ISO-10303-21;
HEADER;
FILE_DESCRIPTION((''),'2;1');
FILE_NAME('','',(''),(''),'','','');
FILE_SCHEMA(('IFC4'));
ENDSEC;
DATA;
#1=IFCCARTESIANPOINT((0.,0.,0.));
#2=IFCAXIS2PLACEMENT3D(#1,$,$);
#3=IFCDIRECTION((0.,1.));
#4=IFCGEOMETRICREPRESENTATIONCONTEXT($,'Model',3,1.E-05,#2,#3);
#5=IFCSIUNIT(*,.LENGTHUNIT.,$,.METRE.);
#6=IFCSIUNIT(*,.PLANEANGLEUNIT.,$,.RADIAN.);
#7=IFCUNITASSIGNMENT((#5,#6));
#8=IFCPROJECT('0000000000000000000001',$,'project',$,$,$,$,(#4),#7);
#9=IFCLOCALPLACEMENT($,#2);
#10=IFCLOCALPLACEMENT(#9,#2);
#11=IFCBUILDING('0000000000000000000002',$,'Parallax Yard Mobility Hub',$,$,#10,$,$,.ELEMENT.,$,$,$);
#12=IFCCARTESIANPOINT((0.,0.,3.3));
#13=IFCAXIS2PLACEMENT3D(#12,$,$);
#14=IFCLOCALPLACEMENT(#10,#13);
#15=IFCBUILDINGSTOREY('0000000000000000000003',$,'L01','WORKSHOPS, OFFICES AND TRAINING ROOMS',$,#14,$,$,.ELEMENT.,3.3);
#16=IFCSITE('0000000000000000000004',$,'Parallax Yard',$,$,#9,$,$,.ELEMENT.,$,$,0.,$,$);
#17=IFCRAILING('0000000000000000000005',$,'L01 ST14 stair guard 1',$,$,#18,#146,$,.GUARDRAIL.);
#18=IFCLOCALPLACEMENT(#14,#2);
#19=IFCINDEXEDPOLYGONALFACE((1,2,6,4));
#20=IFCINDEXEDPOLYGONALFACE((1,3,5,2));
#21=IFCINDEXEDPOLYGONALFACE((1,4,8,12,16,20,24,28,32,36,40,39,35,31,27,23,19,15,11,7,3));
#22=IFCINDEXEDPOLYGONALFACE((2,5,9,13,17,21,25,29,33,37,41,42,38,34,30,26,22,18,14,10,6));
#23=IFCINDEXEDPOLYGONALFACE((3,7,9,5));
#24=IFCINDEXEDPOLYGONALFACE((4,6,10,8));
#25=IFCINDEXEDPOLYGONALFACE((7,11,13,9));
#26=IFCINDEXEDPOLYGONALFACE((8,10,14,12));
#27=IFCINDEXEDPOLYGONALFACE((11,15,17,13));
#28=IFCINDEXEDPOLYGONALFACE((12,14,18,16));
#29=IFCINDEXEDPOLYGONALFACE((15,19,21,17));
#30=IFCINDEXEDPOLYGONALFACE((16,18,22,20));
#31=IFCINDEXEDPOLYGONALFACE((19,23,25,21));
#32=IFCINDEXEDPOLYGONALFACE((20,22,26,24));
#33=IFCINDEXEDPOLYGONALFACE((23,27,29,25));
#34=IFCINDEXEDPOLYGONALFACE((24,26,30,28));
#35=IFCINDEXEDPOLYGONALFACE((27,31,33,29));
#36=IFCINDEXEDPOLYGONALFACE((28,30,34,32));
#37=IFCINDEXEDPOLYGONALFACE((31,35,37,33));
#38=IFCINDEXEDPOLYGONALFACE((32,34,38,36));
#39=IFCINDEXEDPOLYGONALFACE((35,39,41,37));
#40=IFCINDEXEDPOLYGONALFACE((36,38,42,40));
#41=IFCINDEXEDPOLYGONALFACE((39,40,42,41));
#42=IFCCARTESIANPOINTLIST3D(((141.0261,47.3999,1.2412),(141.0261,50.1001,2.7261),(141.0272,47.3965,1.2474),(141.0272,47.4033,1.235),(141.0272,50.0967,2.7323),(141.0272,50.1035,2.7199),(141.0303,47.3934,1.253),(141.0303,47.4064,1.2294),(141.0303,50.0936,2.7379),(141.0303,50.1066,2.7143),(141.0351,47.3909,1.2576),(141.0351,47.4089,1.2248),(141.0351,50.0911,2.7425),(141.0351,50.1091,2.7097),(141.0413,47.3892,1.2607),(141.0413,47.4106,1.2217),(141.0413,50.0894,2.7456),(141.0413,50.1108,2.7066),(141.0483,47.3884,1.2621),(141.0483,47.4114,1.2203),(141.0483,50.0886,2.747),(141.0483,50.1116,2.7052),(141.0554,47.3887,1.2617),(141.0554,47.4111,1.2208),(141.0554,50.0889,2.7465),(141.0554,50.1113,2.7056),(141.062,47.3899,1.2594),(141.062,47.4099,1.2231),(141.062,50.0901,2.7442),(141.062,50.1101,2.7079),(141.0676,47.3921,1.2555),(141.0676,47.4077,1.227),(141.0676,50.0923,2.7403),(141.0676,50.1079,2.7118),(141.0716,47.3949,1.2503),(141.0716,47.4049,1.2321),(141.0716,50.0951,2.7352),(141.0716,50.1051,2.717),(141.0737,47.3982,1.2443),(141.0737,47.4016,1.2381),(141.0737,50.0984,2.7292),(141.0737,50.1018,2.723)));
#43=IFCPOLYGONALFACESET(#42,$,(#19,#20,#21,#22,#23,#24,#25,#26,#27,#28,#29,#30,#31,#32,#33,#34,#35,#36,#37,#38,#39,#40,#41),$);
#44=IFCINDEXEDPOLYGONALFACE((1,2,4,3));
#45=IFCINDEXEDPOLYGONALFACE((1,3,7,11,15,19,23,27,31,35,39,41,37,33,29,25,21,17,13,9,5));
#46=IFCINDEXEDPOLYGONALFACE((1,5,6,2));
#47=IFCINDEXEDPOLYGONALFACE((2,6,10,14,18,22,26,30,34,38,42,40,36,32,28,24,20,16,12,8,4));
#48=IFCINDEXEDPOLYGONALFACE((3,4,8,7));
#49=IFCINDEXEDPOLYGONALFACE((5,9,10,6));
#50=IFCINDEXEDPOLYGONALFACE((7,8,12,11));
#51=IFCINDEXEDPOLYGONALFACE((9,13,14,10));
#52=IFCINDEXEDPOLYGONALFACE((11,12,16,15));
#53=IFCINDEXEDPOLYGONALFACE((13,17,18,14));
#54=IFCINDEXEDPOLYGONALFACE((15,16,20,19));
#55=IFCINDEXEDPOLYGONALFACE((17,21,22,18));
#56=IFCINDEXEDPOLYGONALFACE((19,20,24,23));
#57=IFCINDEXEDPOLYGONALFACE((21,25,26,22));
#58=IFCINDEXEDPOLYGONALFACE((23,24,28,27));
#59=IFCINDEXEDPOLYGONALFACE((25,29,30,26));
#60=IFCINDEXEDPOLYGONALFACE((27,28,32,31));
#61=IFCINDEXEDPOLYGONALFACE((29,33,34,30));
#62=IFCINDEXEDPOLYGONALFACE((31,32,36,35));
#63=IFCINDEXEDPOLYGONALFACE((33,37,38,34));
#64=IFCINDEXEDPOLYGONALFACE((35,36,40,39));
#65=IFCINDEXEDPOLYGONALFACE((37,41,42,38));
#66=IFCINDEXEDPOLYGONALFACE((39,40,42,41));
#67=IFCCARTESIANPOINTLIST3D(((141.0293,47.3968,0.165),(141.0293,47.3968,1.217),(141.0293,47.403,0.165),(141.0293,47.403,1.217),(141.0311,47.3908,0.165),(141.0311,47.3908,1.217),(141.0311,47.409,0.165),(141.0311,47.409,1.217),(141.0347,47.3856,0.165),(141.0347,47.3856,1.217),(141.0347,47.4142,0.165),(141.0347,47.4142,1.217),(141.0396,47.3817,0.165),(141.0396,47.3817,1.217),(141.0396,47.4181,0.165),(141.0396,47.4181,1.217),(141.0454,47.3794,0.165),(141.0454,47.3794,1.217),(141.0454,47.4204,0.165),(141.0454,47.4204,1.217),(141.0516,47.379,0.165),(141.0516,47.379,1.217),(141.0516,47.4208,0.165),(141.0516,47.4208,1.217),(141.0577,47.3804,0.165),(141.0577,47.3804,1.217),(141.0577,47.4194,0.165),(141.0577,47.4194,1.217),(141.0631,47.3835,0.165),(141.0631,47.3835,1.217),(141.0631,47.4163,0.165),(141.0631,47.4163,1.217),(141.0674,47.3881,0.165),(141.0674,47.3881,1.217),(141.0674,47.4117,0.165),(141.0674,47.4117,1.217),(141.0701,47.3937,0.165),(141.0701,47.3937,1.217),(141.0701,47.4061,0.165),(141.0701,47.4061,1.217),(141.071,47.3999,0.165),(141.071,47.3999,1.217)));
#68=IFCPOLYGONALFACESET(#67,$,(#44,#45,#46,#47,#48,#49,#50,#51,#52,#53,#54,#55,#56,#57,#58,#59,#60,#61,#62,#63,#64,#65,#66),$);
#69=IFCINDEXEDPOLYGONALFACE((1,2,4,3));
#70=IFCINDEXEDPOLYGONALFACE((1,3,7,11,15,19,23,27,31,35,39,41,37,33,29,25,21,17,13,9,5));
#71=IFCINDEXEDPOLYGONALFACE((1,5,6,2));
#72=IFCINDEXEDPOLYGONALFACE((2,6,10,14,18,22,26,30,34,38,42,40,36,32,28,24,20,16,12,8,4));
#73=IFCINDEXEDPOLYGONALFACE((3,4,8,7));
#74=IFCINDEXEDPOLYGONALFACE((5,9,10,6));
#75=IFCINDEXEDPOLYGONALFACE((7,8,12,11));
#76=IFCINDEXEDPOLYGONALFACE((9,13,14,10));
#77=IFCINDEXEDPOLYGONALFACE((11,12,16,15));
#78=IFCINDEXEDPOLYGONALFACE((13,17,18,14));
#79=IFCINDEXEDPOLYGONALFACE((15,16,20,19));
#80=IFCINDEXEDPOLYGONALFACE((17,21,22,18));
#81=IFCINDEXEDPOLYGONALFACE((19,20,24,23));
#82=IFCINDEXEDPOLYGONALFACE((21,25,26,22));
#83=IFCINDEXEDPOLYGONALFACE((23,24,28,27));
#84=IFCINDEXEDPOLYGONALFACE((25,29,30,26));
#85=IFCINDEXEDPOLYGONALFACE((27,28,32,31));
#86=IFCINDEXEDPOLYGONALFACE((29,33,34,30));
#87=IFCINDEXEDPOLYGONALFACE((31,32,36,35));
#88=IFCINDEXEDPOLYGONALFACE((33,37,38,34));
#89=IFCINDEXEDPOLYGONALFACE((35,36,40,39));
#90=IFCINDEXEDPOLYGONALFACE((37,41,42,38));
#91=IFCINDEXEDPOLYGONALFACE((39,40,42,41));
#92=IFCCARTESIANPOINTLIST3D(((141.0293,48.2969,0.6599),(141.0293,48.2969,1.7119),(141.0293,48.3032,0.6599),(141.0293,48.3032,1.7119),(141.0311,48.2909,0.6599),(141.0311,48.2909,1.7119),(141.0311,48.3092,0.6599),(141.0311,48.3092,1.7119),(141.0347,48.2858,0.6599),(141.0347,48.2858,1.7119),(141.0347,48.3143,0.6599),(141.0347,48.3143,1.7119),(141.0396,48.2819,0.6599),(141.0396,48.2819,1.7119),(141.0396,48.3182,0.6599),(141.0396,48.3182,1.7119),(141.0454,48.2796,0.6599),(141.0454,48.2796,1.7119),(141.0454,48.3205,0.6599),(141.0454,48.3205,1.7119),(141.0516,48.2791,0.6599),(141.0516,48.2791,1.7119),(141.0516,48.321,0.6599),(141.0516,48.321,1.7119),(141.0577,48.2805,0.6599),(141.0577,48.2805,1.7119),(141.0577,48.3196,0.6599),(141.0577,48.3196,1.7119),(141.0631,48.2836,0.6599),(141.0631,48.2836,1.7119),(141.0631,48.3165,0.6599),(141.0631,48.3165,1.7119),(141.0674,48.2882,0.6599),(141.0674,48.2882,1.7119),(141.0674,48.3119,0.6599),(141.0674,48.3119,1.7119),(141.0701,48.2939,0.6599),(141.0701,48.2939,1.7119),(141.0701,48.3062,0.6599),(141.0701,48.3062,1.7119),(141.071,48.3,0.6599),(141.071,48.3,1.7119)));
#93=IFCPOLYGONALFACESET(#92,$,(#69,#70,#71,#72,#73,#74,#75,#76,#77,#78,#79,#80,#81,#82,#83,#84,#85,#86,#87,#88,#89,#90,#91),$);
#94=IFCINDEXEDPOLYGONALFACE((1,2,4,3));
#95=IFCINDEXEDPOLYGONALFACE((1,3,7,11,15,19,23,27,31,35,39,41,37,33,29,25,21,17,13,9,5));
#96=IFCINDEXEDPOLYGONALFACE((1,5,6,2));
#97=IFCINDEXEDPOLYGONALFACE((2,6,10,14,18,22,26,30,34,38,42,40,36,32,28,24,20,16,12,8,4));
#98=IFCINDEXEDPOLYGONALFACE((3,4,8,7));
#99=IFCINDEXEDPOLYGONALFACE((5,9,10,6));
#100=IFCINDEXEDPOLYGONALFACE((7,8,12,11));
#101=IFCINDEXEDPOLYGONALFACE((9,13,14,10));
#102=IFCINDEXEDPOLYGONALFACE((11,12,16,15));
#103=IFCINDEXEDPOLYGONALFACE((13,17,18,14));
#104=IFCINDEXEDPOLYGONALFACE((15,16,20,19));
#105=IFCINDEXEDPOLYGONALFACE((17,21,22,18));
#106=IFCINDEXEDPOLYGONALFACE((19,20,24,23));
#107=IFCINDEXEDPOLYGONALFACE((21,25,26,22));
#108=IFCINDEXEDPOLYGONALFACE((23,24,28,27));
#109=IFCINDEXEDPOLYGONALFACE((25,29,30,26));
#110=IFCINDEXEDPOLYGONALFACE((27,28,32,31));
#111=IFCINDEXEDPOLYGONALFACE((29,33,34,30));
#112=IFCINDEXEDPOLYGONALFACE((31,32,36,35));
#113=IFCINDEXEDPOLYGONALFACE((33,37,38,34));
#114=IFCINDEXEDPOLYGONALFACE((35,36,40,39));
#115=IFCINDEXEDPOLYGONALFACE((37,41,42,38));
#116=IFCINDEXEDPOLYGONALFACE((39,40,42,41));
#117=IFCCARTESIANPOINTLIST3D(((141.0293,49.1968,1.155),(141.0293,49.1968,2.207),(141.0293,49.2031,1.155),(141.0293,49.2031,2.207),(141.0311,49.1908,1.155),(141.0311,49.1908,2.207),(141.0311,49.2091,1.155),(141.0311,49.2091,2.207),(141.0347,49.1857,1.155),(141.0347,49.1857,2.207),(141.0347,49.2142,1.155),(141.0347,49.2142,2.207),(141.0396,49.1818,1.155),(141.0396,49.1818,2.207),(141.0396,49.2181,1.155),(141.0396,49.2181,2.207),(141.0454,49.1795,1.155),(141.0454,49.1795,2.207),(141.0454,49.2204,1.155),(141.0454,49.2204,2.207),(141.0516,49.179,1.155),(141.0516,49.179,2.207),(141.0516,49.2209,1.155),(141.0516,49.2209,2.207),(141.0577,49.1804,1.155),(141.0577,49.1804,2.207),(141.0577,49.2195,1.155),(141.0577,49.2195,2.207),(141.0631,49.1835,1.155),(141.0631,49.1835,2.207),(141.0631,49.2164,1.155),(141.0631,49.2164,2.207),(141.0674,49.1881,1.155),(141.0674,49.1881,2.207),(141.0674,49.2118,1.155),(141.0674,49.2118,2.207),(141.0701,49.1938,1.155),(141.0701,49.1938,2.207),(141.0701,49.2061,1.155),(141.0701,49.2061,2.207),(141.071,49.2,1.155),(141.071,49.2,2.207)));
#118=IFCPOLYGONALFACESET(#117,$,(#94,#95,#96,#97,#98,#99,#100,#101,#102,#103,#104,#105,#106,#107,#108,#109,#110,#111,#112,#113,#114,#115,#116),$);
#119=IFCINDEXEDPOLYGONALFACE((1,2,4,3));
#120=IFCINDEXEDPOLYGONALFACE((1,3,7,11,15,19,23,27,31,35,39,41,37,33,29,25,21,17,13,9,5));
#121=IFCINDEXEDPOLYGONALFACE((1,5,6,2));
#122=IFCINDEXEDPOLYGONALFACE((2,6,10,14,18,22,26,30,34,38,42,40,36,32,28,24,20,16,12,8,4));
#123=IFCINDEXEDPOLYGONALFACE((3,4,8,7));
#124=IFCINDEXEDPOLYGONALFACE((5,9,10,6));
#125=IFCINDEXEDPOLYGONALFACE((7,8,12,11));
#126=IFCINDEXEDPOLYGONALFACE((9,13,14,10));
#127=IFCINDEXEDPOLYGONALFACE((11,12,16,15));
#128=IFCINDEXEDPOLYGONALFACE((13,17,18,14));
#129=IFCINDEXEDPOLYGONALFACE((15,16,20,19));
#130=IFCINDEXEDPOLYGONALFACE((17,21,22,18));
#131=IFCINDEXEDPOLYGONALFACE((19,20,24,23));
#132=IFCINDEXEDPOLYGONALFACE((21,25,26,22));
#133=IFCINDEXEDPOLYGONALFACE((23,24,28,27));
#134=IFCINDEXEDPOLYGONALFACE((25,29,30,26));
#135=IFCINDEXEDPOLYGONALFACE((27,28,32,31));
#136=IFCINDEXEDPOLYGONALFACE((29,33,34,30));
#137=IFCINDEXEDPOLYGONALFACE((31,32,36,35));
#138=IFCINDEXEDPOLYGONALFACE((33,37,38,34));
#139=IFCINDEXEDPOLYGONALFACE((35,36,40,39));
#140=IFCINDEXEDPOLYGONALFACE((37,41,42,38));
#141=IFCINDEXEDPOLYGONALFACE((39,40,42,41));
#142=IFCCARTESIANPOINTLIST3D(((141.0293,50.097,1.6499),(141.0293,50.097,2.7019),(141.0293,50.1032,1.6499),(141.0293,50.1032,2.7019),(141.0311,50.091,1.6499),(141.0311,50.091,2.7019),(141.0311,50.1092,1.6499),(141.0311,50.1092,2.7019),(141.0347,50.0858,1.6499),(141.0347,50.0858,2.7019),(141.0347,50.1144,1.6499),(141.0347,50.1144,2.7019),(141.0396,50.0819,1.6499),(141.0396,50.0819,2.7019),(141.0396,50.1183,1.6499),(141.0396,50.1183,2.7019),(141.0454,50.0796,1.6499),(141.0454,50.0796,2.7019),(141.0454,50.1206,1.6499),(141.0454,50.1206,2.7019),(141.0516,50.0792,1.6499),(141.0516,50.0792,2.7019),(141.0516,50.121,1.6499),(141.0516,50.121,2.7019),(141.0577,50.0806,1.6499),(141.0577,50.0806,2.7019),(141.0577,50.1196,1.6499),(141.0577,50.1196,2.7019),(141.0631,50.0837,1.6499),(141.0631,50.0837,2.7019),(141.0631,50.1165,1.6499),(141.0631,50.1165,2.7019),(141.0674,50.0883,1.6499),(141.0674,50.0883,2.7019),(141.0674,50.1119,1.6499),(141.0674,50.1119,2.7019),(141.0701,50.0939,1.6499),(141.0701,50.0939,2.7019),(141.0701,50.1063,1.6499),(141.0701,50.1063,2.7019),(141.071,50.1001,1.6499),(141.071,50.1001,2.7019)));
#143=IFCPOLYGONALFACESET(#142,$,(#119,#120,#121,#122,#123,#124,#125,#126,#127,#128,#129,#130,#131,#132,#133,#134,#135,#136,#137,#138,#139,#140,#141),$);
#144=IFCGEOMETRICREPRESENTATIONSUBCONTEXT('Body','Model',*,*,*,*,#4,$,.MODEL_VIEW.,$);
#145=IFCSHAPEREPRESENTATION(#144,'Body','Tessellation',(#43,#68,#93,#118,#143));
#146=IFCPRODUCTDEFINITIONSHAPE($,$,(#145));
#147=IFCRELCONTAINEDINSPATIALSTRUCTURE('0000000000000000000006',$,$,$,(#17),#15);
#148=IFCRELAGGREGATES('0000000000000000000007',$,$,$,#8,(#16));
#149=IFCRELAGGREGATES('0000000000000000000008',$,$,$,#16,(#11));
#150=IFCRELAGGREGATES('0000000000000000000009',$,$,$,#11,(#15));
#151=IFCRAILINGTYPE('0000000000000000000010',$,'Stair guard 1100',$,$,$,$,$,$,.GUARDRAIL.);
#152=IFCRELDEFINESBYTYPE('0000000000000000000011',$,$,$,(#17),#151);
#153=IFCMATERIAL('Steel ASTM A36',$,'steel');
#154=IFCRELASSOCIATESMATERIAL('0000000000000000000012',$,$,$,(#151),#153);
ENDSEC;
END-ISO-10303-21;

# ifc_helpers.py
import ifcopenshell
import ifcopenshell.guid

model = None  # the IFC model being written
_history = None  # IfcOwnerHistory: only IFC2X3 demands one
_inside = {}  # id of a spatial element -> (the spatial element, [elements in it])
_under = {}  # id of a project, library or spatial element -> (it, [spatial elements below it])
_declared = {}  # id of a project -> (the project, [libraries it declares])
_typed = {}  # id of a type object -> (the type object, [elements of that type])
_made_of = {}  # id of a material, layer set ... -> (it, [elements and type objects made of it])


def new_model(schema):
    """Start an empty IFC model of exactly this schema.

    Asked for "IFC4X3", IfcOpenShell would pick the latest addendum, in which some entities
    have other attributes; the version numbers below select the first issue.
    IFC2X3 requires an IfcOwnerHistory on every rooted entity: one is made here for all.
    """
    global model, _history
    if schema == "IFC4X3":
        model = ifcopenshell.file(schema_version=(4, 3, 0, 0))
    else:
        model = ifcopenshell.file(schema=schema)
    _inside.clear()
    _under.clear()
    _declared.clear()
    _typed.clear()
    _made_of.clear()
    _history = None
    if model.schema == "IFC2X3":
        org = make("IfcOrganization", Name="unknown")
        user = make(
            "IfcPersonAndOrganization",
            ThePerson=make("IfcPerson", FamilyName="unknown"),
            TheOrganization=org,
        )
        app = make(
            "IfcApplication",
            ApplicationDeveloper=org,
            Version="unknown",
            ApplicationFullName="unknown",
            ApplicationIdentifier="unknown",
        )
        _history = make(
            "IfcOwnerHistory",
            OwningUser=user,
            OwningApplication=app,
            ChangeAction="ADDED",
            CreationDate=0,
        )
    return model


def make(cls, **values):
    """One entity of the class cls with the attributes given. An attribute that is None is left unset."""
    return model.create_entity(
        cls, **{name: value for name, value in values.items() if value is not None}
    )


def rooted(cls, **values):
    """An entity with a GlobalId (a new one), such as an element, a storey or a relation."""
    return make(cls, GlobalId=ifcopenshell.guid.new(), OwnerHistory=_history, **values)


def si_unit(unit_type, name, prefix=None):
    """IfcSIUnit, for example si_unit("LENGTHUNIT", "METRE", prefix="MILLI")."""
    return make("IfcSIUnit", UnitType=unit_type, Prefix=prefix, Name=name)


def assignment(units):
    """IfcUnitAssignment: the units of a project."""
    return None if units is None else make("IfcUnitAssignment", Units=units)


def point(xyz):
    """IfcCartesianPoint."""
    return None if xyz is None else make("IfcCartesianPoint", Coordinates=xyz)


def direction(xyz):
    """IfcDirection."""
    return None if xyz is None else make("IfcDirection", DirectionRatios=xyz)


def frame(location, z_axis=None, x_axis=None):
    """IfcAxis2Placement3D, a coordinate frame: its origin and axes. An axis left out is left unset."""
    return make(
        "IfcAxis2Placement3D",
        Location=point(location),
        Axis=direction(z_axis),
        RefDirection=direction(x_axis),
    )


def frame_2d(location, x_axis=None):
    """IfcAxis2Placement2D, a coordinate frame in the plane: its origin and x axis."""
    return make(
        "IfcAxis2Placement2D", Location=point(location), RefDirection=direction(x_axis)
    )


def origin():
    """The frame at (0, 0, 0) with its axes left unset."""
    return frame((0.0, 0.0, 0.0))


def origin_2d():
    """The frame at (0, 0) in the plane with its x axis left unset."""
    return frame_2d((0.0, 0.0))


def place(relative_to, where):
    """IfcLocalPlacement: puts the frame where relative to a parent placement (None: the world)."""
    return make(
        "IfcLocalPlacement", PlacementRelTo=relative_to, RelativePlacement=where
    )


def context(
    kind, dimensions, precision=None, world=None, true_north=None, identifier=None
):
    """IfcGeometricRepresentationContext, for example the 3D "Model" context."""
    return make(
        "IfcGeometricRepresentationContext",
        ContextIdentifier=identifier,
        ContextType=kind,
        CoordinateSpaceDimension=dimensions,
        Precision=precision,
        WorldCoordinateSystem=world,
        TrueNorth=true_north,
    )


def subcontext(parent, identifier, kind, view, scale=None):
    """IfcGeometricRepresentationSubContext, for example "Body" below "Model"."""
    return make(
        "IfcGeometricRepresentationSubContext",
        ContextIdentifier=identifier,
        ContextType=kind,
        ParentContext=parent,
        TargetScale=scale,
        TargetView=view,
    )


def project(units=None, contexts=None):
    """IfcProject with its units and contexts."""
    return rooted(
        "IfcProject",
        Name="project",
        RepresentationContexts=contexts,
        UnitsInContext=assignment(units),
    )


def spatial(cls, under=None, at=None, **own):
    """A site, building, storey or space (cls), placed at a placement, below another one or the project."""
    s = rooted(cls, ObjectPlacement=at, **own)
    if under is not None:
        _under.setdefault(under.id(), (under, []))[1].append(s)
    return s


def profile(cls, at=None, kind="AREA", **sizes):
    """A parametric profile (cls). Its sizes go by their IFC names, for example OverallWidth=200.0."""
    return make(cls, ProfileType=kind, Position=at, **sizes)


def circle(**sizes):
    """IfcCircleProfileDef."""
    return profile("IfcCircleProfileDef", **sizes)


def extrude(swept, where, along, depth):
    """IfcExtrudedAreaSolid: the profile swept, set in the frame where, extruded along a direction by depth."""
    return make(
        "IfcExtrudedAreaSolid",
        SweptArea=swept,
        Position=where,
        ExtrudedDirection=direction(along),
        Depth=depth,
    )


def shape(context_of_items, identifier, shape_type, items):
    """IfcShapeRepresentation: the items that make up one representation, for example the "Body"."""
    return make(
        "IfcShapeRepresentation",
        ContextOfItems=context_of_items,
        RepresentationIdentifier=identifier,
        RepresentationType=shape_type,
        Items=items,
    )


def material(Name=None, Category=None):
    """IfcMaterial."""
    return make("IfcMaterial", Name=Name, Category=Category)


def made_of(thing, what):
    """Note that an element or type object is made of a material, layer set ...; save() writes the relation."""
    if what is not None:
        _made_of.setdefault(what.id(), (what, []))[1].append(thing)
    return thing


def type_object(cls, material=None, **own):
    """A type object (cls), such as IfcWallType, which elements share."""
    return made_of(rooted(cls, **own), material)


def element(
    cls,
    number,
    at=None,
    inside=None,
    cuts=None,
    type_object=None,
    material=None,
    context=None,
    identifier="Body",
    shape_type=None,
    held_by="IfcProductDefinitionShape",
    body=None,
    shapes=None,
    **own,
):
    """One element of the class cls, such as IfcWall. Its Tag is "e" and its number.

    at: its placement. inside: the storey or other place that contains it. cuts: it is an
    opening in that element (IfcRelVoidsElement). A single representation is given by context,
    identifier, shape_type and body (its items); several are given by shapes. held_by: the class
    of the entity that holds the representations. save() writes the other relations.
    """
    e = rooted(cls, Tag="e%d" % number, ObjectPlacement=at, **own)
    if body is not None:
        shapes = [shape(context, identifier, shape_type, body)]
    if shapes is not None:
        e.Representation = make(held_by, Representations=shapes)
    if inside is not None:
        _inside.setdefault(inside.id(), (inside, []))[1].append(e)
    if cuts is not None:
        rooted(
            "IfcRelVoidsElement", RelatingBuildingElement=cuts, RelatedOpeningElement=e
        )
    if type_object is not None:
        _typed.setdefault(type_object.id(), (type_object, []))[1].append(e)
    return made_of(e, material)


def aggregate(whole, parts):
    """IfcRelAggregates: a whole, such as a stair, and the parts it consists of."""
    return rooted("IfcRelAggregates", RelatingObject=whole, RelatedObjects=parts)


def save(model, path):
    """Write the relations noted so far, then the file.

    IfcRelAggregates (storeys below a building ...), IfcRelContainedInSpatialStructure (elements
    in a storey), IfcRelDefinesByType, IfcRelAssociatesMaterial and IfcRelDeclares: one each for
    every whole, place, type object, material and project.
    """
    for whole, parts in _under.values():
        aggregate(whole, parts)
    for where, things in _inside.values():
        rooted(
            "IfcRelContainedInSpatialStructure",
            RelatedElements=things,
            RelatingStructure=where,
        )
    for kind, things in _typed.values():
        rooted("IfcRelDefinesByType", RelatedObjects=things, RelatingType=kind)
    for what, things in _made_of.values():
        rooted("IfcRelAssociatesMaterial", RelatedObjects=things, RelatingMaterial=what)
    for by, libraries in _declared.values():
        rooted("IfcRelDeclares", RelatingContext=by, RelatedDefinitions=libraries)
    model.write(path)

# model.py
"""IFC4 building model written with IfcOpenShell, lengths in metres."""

from ifc_helpers import new_model, si_unit, direction, frame, origin, origin_2d, place, context, subcontext, project, spatial, circle, extrude, material, type_object, element, save


model = new_model("IFC4")

# Units and contexts
model_context = context("Model", 3, precision=1e-05, world=origin(), true_north=direction((0.0, 1.0)))
body_context = subcontext(model_context, "Body", "Model", "MODEL_VIEW")
ifc_project = project(units=[si_unit("LENGTHUNIT", "METRE"), si_unit("PLANEANGLEUNIT", "RADIAN")], contexts=[model_context])

# Site, building, storey
site_placement = place(None, origin())
site = spatial("IfcSite", under=ifc_project, at=site_placement, Name="Parallax Yard", CompositionType="ELEMENT", RefElevation=0.0)
building_placement = place(site_placement, origin())
building = spatial("IfcBuilding", under=site, at=building_placement, Name="Parallax Yard Mobility Hub", CompositionType="ELEMENT")
storey_placement = place(building_placement, frame((0.0, 0.0, 3.3)))
storey = spatial("IfcBuildingStorey", under=building, at=storey_placement, Name="L01", Description="WORKSHOPS, OFFICES AND TRAINING ROOMS", CompositionType="ELEMENT", Elevation=3.3)

# Railing
ifc_material_1 = material(Name="Steel ASTM A36", Category="steel")
railing_type_1 = type_object("IfcRailingType", Name="Stair guard 1100", PredefinedType="GUARDRAIL", material=ifc_material_1)
railing_1_placement = place(storey_placement, frame((141.05, 47.3999, 0.165)))
element("IfcRailing", 1, at=railing_1_placement, inside=storey, type_object=railing_type_1, Name="L01 ST14 stair guard 1", PredefinedType="GUARDRAIL", context=body_context, shape_type="SweptSolid", body=[
    extrude(circle(Radius=0.0239, at=origin_2d()), frame((0.0, 0.0, 1.0762), z_axis=(0.0, 0.876249, 0.481858), x_axis=(-1.0, 0.0, 0.0)), (0.0, 0.0, 1.0), 3.0815),
    extrude(circle(Radius=0.021, at=origin_2d()), origin(), (0.0, 0.0, 1.0), 1.052),
    extrude(circle(Radius=0.021, at=origin_2d()), frame((0.0, 0.9001, 0.4949)), (0.0, 0.0, 1.0), 1.052),
    extrude(circle(Radius=0.021, at=origin_2d()), frame((0.0, 1.8, 0.99)), (0.0, 0.0, 1.0), 1.052),
    extrude(circle(Radius=0.021, at=origin_2d()), frame((0.0, 2.7002, 1.4849)), (0.0, 0.0, 1.0), 1.052),
])

save(model, "model.ifc")
